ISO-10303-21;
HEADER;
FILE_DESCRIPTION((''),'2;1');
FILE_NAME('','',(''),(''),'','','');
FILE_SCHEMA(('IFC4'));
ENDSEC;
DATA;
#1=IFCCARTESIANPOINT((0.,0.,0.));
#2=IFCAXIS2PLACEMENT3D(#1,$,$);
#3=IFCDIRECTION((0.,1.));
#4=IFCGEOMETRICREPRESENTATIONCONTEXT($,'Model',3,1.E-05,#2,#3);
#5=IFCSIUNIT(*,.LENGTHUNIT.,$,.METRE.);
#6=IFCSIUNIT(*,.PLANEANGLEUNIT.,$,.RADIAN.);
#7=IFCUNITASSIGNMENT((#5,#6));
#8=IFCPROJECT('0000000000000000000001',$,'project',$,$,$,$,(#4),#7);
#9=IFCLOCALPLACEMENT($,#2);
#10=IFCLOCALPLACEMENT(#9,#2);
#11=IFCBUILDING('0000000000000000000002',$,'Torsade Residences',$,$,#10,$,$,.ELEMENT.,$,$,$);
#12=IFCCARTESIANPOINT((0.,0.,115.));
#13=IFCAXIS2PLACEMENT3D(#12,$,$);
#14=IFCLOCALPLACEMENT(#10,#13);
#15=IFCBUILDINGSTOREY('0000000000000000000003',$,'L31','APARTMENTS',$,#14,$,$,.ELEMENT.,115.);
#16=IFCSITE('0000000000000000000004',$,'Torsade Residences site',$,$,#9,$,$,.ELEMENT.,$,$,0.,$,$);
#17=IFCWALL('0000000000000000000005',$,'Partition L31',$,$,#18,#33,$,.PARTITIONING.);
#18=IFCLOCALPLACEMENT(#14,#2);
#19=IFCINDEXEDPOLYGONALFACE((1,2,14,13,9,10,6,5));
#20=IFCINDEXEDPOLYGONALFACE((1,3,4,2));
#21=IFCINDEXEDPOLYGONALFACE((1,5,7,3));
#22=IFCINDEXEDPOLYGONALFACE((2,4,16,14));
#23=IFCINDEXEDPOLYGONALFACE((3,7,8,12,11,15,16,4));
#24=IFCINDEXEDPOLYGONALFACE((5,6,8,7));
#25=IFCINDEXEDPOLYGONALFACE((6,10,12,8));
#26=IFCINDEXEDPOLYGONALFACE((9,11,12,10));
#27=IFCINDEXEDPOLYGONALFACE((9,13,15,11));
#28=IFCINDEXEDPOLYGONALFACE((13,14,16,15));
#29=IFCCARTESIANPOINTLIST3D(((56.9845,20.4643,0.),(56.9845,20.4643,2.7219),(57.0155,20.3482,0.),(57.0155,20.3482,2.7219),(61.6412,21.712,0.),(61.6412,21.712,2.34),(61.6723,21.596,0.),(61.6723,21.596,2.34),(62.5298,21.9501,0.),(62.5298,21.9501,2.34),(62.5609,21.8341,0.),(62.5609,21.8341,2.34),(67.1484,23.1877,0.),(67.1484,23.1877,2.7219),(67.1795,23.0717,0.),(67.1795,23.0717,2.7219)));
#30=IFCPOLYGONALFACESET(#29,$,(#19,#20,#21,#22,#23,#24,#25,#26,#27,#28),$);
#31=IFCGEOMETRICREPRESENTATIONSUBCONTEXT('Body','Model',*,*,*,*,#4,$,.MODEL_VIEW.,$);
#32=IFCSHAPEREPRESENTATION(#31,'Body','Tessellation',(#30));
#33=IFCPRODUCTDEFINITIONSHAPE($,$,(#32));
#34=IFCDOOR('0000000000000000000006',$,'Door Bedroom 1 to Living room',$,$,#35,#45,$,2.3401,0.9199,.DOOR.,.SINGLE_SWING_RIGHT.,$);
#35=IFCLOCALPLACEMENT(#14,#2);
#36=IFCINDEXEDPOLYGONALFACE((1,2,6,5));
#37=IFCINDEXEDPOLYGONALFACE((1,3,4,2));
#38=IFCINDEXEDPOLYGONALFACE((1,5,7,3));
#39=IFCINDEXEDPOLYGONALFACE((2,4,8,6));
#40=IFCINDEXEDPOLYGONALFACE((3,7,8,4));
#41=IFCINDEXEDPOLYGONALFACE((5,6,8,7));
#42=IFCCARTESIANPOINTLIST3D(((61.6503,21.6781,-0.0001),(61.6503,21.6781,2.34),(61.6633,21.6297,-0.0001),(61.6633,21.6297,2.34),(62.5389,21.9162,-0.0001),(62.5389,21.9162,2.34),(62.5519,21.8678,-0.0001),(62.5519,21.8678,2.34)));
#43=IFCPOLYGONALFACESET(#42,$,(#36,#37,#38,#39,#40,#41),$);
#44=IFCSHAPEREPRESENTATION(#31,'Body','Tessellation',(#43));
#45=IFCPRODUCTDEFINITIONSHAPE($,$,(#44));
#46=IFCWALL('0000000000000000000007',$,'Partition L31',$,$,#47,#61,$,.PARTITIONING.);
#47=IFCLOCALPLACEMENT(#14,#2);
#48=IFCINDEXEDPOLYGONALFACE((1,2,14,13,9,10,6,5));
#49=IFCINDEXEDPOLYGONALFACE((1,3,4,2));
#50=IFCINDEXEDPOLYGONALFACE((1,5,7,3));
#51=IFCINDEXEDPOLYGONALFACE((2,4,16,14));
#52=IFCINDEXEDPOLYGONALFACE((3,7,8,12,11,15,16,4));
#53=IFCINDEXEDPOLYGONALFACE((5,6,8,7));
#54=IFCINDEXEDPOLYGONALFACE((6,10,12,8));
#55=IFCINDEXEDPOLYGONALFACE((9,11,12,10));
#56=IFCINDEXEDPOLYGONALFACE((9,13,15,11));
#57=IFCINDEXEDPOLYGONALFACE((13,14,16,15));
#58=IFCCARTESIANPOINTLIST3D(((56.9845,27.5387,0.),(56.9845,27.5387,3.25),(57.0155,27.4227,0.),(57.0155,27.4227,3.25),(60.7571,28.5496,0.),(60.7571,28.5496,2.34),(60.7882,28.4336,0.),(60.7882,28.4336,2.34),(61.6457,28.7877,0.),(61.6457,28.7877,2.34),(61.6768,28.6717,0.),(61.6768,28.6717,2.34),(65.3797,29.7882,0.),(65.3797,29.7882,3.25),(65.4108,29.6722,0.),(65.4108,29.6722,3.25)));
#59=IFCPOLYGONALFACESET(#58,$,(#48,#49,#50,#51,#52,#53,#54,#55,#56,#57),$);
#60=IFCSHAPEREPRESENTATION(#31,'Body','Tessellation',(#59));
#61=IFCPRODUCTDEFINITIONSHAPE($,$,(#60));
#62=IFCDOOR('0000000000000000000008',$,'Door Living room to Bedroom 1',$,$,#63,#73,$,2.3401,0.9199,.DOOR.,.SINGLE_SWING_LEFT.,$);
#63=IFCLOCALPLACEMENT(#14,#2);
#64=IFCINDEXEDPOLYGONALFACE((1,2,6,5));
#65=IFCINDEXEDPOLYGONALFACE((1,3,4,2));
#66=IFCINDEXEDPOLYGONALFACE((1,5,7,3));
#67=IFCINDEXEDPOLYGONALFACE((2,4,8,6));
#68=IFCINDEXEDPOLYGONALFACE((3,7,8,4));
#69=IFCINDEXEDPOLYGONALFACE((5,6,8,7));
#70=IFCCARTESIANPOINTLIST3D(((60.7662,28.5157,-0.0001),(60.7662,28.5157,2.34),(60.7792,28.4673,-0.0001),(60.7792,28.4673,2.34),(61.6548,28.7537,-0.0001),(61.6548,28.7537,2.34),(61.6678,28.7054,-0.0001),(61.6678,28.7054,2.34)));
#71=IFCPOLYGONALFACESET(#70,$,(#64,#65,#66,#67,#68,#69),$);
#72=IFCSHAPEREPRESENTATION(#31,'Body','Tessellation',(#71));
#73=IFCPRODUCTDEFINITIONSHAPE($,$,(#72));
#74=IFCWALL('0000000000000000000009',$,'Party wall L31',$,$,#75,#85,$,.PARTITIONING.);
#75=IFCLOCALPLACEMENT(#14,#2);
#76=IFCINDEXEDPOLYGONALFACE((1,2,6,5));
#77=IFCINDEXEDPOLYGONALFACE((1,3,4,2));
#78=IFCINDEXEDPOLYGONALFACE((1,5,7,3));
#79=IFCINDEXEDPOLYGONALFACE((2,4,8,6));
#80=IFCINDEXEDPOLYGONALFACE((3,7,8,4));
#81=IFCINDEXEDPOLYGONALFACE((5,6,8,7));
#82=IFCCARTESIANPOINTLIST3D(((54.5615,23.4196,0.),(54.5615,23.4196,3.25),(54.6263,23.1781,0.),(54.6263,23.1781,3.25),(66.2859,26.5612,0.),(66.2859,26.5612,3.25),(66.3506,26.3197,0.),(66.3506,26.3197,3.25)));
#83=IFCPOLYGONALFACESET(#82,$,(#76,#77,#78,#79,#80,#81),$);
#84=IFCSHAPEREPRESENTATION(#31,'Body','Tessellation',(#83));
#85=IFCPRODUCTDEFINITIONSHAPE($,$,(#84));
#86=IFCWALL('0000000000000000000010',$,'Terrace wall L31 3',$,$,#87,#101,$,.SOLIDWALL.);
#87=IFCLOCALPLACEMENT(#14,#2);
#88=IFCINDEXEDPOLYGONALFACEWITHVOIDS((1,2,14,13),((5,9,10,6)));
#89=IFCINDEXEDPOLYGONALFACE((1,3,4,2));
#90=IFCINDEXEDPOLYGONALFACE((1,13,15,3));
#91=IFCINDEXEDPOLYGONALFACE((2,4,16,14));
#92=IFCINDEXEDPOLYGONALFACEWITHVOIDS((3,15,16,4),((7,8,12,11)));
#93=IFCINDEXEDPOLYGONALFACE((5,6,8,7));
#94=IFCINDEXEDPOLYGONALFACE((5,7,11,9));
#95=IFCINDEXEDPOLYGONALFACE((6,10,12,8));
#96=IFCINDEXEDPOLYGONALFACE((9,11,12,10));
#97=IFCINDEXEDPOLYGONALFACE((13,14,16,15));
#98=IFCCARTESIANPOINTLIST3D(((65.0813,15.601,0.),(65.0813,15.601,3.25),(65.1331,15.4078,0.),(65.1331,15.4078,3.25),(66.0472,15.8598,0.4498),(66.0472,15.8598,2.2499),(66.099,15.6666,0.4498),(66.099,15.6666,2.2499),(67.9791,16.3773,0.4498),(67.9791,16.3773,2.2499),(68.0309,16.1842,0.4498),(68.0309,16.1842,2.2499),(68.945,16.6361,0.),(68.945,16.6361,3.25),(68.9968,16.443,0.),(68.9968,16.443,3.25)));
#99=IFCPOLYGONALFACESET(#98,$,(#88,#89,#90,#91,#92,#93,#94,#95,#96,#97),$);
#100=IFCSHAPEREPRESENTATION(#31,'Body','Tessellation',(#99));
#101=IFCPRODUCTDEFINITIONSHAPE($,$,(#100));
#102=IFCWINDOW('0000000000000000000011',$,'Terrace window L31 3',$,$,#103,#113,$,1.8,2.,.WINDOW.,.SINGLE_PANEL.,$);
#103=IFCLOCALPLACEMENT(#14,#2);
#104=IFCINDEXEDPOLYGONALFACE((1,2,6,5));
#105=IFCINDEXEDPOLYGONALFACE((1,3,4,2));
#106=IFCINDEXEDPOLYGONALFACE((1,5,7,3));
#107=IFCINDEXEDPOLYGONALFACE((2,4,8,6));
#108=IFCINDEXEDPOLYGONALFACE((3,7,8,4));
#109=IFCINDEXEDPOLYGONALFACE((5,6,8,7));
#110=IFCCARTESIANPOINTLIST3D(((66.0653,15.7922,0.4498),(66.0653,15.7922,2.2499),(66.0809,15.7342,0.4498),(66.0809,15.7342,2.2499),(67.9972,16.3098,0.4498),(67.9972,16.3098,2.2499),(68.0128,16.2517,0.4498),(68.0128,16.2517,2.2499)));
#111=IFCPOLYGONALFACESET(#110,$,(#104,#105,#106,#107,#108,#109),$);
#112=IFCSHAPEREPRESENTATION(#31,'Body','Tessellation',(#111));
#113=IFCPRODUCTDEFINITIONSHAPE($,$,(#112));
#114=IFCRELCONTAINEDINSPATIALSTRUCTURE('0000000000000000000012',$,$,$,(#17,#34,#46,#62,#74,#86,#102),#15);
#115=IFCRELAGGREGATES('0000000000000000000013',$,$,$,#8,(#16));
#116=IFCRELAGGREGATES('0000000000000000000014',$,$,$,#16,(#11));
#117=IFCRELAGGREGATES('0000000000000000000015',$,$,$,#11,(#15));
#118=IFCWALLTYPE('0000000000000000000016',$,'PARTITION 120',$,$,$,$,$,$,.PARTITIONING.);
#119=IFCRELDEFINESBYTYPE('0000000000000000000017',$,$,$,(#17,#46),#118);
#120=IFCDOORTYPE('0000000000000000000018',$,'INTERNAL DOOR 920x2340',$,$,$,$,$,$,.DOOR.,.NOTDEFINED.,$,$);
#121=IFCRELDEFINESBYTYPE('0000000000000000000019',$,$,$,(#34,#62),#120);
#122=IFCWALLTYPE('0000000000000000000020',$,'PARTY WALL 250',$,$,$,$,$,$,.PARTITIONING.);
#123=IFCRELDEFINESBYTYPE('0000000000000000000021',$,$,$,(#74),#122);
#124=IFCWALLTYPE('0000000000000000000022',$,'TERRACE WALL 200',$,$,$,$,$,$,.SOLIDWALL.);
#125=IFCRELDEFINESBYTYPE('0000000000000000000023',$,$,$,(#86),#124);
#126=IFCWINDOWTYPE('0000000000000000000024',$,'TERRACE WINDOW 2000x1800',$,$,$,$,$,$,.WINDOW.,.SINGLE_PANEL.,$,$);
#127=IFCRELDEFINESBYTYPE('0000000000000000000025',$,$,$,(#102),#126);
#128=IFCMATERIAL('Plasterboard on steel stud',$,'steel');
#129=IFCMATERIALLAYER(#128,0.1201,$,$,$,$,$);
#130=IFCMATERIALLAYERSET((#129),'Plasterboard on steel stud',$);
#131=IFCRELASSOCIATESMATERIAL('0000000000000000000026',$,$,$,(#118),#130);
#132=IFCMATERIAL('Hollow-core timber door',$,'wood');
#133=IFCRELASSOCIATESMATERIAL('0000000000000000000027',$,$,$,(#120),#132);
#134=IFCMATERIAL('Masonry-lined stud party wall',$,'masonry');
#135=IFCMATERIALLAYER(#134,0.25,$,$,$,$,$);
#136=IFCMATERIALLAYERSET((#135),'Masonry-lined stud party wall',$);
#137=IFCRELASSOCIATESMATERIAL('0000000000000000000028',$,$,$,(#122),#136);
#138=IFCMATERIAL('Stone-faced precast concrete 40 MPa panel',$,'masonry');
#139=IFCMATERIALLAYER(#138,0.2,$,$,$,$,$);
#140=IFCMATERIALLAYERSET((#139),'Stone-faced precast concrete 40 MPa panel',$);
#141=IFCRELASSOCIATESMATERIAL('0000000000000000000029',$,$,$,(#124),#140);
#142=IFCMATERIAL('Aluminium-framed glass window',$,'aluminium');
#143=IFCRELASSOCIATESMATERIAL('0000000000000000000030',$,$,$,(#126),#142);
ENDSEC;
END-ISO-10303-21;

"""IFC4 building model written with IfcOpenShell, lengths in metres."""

from ifc_helpers import new_model, si_unit, direction, frame, frame_2d, origin, place, context, subcontext, project, spatial, rectangle, extrude, material, layer, layer_set, type_object, element, fill, save


model = new_model("IFC4")

# Units and contexts
model_context = context("Model", 3, precision=1e-05, world=origin(), true_north=direction((0.0, 1.0)))
body_context = subcontext(model_context, "Body", "Model", "MODEL_VIEW")
ifc_project = project(units=[si_unit("LENGTHUNIT", "METRE"), si_unit("PLANEANGLEUNIT", "RADIAN")], contexts=[model_context])

# Site, building, storey
site_placement = place(None, origin())
site = spatial("IfcSite", under=ifc_project, at=site_placement, Name="Torsade Residences site", CompositionType="ELEMENT", RefElevation=0.0)
building_placement = place(site_placement, origin())
building = spatial("IfcBuilding", under=site, at=building_placement, Name="Torsade Residences", CompositionType="ELEMENT")
storey_placement = place(building_placement, frame((0.0, 0.0, 115.0)))
storey = spatial("IfcBuildingStorey", under=building, at=storey_placement, Name="L31", Description="APARTMENTS", CompositionType="ELEMENT", Elevation=115.0)

# Walls, openings, doors
ifc_material_1 = material(Name="Plasterboard on steel stud", Category="steel")
ifc_layer_1 = layer(ifc_material_1, 0.1201)
ifc_layer_set_1 = layer_set([ifc_layer_1], Name="Plasterboard on steel stud")
wall_type_1 = type_object("IfcWallType", Name="PARTITION 120", PredefinedType="PARTITIONING", material=ifc_layer_set_1)
wall_1_placement = place(storey_placement, frame((57.0, 20.4062, 0.0), z_axis=(0.0, 0.0, 1.0), x_axis=(0.965926, 0.258819, 0.0)))
wall_1 = element("IfcWall", 1, at=wall_1_placement, inside=storey, type_object=wall_type_1, Name="Partition L31", PredefinedType="PARTITIONING", context=body_context, shape_type="SweptSolid", body=[
    extrude(rectangle(XDim=10.5225, YDim=0.1201, at=frame_2d((5.2612, 0.0))), origin(), (0.0, 0.0, 1.0), 2.7219),
])
opening_1_placement = place(wall_1_placement, frame((4.821, 0.0, 0.0)))
opening_1 = element("IfcOpeningElement", 2, at=opening_1_placement, cuts=wall_1, PredefinedType="OPENING", context=body_context, shape_type="SweptSolid", body=[
    extrude(rectangle(XDim=0.9199, YDim=2.3401, at=frame_2d((0.46, 1.1699))), frame((0.0, 0.0701, 0.0), z_axis=(0.0, -1.0, 0.0), x_axis=(1.0, 0.0, 0.0)), (0.0, 0.0, 1.0), 0.1401),
])
ifc_material_2 = material(Name="Hollow-core timber door", Category="wood")
door_type_1 = type_object("IfcDoorType", Name="INTERNAL DOOR 920x2340", OperationType="NOTDEFINED", PredefinedType="DOOR", material=ifc_material_2)
door_1_placement = place(opening_1_placement, origin())
door_1 = element("IfcDoor", 3, at=door_1_placement, inside=storey, type_object=door_type_1, Name="Door Bedroom 1 to Living room", OperationType="SINGLE_SWING_RIGHT", OverallHeight=2.3401, OverallWidth=0.9199, PredefinedType="DOOR", context=body_context, shape_type="SweptSolid", body=[
    extrude(rectangle(XDim=0.9199, YDim=2.3401, at=frame_2d((0.46, 1.1699))), frame((0.0, 0.0249, 0.0), z_axis=(0.0, -1.0, 0.0), x_axis=(1.0, 0.0, 0.0)), (0.0, 0.0, 1.0), 0.05),
])
fill(opening_1, door_1)
wall_2_placement = place(storey_placement, frame((57.0, 27.4807, 0.0), z_axis=(0.0, 0.0, 1.0), x_axis=(0.965926, 0.25882, 0.0)))
wall_2 = element("IfcWall", 4, at=wall_2_placement, inside=storey, type_object=wall_type_1, Name="Partition L31", PredefinedType="PARTITIONING", context=body_context, shape_type="SweptSolid", body=[
    extrude(rectangle(XDim=8.6914, YDim=0.1201, at=frame_2d((4.3457, 0.0))), origin(), (0.0, 0.0, 1.0), 3.25),
])
opening_2_placement = place(wall_2_placement, frame((3.9058, 0.0, 0.0)))
opening_2 = element("IfcOpeningElement", 5, at=opening_2_placement, cuts=wall_2, PredefinedType="OPENING", context=body_context, shape_type="SweptSolid", body=[
    extrude(rectangle(XDim=0.9199, YDim=2.3401, at=frame_2d((0.46, 1.1699))), frame((0.0, 0.0701, 0.0), z_axis=(0.0, -1.0, 0.0), x_axis=(1.0, 0.0, 0.0)), (0.0, 0.0, 1.0), 0.1401),
])
door_2_placement = place(opening_2_placement, origin())
door_2 = element("IfcDoor", 6, at=door_2_placement, inside=storey, type_object=door_type_1, Name="Door Living room to Bedroom 1", OperationType="SINGLE_SWING_LEFT", OverallHeight=2.3401, OverallWidth=0.9199, PredefinedType="DOOR", context=body_context, shape_type="SweptSolid", body=[
    extrude(rectangle(XDim=0.9199, YDim=2.3401, at=frame_2d((0.46, 1.1699))), frame((0.0, 0.0249, 0.0), z_axis=(0.0, -1.0, 0.0), x_axis=(1.0, 0.0, 0.0)), (0.0, 0.0, 1.0), 0.05),
])
fill(opening_2, door_2)

# Wall
ifc_material_3 = material(Name="Masonry-lined stud party wall", Category="masonry")
ifc_layer_2 = layer(ifc_material_3, 0.25)
ifc_layer_set_2 = layer_set([ifc_layer_2], Name="Masonry-lined stud party wall")
wall_type_2 = type_object("IfcWallType", Name="PARTY WALL 250", PredefinedType="PARTITIONING", material=ifc_layer_set_2)
wall_3_placement = place(storey_placement, frame((66.3181, 26.4404, 0.0), z_axis=(0.0, 0.0, 1.0), x_axis=(-0.965924, -0.258824, 0.0)))
element("IfcWall", 7, at=wall_3_placement, inside=storey, type_object=wall_type_2, Name="Party wall L31", PredefinedType="PARTITIONING", context=body_context, shape_type="SweptSolid", body=[
    extrude(rectangle(XDim=12.1379, YDim=0.25, at=frame_2d((6.0688, 0.0))), origin(), (0.0, 0.0, 1.0), 3.25),
])

# Wall, opening, window
ifc_material_4 = material(Name="Stone-faced precast concrete 40 MPa panel", Category="masonry")
ifc_layer_3 = layer(ifc_material_4, 0.2)
ifc_layer_set_3 = layer_set([ifc_layer_3], Name="Stone-faced precast concrete 40 MPa panel")
wall_type_3 = type_object("IfcWallType", Name="TERRACE WALL 200", PredefinedType="SOLIDWALL", material=ifc_layer_set_3)
wall_4_placement = place(storey_placement, frame((65.1072, 15.5044, 0.0), z_axis=(0.0, 0.0, 1.0), x_axis=(0.965934, 0.258787, 0.0)))
wall_4 = element("IfcWall", 8, at=wall_4_placement, inside=storey, type_object=wall_type_3, Name="Terrace wall L31 3", PredefinedType="SOLIDWALL", context=body_context, shape_type="SweptSolid", body=[
    extrude(rectangle(XDim=4.0, YDim=0.2, at=frame_2d((2.0, 0.0))), origin(), (0.0, 0.0, 1.0), 3.25),
])
opening_3_placement = place(wall_4_placement, frame((1.0, 0.0, 0.45)))
opening_3 = element("IfcOpeningElement", 9, at=opening_3_placement, cuts=wall_4, PredefinedType="OPENING", context=body_context, shape_type="SweptSolid", body=[
    extrude(rectangle(XDim=2.0, YDim=1.8, at=frame_2d((1.0, 0.8999))), frame((0.0, 0.1099, 0.0), z_axis=(0.0, -1.0, 0.0), x_axis=(1.0, 0.0, 0.0)), (0.0, 0.0, 1.0), 0.22),
])
ifc_material_5 = material(Name="Aluminium-framed glass window", Category="aluminium")
window_type = type_object("IfcWindowType", Name="TERRACE WINDOW 2000x1800", PartitioningType="SINGLE_PANEL", PredefinedType="WINDOW", material=ifc_material_5)
window_placement = place(opening_3_placement, origin())
window = element("IfcWindow", 10, at=window_placement, inside=storey, type_object=window_type, Name="Terrace window L31 3", OverallHeight=1.8, OverallWidth=2.0, PartitioningType="SINGLE_PANEL", PredefinedType="WINDOW", context=body_context, shape_type="SweptSolid", body=[
    extrude(rectangle(XDim=2.0, YDim=1.8, at=frame_2d((1.0, 0.8999))), frame((0.0, 0.03, 0.0), z_axis=(0.0, -1.0, 0.0), x_axis=(1.0, 0.0, 0.0)), (0.0, 0.0, 1.0), 0.0601),
])
fill(opening_3, window)

save(model, "model.ifc")
